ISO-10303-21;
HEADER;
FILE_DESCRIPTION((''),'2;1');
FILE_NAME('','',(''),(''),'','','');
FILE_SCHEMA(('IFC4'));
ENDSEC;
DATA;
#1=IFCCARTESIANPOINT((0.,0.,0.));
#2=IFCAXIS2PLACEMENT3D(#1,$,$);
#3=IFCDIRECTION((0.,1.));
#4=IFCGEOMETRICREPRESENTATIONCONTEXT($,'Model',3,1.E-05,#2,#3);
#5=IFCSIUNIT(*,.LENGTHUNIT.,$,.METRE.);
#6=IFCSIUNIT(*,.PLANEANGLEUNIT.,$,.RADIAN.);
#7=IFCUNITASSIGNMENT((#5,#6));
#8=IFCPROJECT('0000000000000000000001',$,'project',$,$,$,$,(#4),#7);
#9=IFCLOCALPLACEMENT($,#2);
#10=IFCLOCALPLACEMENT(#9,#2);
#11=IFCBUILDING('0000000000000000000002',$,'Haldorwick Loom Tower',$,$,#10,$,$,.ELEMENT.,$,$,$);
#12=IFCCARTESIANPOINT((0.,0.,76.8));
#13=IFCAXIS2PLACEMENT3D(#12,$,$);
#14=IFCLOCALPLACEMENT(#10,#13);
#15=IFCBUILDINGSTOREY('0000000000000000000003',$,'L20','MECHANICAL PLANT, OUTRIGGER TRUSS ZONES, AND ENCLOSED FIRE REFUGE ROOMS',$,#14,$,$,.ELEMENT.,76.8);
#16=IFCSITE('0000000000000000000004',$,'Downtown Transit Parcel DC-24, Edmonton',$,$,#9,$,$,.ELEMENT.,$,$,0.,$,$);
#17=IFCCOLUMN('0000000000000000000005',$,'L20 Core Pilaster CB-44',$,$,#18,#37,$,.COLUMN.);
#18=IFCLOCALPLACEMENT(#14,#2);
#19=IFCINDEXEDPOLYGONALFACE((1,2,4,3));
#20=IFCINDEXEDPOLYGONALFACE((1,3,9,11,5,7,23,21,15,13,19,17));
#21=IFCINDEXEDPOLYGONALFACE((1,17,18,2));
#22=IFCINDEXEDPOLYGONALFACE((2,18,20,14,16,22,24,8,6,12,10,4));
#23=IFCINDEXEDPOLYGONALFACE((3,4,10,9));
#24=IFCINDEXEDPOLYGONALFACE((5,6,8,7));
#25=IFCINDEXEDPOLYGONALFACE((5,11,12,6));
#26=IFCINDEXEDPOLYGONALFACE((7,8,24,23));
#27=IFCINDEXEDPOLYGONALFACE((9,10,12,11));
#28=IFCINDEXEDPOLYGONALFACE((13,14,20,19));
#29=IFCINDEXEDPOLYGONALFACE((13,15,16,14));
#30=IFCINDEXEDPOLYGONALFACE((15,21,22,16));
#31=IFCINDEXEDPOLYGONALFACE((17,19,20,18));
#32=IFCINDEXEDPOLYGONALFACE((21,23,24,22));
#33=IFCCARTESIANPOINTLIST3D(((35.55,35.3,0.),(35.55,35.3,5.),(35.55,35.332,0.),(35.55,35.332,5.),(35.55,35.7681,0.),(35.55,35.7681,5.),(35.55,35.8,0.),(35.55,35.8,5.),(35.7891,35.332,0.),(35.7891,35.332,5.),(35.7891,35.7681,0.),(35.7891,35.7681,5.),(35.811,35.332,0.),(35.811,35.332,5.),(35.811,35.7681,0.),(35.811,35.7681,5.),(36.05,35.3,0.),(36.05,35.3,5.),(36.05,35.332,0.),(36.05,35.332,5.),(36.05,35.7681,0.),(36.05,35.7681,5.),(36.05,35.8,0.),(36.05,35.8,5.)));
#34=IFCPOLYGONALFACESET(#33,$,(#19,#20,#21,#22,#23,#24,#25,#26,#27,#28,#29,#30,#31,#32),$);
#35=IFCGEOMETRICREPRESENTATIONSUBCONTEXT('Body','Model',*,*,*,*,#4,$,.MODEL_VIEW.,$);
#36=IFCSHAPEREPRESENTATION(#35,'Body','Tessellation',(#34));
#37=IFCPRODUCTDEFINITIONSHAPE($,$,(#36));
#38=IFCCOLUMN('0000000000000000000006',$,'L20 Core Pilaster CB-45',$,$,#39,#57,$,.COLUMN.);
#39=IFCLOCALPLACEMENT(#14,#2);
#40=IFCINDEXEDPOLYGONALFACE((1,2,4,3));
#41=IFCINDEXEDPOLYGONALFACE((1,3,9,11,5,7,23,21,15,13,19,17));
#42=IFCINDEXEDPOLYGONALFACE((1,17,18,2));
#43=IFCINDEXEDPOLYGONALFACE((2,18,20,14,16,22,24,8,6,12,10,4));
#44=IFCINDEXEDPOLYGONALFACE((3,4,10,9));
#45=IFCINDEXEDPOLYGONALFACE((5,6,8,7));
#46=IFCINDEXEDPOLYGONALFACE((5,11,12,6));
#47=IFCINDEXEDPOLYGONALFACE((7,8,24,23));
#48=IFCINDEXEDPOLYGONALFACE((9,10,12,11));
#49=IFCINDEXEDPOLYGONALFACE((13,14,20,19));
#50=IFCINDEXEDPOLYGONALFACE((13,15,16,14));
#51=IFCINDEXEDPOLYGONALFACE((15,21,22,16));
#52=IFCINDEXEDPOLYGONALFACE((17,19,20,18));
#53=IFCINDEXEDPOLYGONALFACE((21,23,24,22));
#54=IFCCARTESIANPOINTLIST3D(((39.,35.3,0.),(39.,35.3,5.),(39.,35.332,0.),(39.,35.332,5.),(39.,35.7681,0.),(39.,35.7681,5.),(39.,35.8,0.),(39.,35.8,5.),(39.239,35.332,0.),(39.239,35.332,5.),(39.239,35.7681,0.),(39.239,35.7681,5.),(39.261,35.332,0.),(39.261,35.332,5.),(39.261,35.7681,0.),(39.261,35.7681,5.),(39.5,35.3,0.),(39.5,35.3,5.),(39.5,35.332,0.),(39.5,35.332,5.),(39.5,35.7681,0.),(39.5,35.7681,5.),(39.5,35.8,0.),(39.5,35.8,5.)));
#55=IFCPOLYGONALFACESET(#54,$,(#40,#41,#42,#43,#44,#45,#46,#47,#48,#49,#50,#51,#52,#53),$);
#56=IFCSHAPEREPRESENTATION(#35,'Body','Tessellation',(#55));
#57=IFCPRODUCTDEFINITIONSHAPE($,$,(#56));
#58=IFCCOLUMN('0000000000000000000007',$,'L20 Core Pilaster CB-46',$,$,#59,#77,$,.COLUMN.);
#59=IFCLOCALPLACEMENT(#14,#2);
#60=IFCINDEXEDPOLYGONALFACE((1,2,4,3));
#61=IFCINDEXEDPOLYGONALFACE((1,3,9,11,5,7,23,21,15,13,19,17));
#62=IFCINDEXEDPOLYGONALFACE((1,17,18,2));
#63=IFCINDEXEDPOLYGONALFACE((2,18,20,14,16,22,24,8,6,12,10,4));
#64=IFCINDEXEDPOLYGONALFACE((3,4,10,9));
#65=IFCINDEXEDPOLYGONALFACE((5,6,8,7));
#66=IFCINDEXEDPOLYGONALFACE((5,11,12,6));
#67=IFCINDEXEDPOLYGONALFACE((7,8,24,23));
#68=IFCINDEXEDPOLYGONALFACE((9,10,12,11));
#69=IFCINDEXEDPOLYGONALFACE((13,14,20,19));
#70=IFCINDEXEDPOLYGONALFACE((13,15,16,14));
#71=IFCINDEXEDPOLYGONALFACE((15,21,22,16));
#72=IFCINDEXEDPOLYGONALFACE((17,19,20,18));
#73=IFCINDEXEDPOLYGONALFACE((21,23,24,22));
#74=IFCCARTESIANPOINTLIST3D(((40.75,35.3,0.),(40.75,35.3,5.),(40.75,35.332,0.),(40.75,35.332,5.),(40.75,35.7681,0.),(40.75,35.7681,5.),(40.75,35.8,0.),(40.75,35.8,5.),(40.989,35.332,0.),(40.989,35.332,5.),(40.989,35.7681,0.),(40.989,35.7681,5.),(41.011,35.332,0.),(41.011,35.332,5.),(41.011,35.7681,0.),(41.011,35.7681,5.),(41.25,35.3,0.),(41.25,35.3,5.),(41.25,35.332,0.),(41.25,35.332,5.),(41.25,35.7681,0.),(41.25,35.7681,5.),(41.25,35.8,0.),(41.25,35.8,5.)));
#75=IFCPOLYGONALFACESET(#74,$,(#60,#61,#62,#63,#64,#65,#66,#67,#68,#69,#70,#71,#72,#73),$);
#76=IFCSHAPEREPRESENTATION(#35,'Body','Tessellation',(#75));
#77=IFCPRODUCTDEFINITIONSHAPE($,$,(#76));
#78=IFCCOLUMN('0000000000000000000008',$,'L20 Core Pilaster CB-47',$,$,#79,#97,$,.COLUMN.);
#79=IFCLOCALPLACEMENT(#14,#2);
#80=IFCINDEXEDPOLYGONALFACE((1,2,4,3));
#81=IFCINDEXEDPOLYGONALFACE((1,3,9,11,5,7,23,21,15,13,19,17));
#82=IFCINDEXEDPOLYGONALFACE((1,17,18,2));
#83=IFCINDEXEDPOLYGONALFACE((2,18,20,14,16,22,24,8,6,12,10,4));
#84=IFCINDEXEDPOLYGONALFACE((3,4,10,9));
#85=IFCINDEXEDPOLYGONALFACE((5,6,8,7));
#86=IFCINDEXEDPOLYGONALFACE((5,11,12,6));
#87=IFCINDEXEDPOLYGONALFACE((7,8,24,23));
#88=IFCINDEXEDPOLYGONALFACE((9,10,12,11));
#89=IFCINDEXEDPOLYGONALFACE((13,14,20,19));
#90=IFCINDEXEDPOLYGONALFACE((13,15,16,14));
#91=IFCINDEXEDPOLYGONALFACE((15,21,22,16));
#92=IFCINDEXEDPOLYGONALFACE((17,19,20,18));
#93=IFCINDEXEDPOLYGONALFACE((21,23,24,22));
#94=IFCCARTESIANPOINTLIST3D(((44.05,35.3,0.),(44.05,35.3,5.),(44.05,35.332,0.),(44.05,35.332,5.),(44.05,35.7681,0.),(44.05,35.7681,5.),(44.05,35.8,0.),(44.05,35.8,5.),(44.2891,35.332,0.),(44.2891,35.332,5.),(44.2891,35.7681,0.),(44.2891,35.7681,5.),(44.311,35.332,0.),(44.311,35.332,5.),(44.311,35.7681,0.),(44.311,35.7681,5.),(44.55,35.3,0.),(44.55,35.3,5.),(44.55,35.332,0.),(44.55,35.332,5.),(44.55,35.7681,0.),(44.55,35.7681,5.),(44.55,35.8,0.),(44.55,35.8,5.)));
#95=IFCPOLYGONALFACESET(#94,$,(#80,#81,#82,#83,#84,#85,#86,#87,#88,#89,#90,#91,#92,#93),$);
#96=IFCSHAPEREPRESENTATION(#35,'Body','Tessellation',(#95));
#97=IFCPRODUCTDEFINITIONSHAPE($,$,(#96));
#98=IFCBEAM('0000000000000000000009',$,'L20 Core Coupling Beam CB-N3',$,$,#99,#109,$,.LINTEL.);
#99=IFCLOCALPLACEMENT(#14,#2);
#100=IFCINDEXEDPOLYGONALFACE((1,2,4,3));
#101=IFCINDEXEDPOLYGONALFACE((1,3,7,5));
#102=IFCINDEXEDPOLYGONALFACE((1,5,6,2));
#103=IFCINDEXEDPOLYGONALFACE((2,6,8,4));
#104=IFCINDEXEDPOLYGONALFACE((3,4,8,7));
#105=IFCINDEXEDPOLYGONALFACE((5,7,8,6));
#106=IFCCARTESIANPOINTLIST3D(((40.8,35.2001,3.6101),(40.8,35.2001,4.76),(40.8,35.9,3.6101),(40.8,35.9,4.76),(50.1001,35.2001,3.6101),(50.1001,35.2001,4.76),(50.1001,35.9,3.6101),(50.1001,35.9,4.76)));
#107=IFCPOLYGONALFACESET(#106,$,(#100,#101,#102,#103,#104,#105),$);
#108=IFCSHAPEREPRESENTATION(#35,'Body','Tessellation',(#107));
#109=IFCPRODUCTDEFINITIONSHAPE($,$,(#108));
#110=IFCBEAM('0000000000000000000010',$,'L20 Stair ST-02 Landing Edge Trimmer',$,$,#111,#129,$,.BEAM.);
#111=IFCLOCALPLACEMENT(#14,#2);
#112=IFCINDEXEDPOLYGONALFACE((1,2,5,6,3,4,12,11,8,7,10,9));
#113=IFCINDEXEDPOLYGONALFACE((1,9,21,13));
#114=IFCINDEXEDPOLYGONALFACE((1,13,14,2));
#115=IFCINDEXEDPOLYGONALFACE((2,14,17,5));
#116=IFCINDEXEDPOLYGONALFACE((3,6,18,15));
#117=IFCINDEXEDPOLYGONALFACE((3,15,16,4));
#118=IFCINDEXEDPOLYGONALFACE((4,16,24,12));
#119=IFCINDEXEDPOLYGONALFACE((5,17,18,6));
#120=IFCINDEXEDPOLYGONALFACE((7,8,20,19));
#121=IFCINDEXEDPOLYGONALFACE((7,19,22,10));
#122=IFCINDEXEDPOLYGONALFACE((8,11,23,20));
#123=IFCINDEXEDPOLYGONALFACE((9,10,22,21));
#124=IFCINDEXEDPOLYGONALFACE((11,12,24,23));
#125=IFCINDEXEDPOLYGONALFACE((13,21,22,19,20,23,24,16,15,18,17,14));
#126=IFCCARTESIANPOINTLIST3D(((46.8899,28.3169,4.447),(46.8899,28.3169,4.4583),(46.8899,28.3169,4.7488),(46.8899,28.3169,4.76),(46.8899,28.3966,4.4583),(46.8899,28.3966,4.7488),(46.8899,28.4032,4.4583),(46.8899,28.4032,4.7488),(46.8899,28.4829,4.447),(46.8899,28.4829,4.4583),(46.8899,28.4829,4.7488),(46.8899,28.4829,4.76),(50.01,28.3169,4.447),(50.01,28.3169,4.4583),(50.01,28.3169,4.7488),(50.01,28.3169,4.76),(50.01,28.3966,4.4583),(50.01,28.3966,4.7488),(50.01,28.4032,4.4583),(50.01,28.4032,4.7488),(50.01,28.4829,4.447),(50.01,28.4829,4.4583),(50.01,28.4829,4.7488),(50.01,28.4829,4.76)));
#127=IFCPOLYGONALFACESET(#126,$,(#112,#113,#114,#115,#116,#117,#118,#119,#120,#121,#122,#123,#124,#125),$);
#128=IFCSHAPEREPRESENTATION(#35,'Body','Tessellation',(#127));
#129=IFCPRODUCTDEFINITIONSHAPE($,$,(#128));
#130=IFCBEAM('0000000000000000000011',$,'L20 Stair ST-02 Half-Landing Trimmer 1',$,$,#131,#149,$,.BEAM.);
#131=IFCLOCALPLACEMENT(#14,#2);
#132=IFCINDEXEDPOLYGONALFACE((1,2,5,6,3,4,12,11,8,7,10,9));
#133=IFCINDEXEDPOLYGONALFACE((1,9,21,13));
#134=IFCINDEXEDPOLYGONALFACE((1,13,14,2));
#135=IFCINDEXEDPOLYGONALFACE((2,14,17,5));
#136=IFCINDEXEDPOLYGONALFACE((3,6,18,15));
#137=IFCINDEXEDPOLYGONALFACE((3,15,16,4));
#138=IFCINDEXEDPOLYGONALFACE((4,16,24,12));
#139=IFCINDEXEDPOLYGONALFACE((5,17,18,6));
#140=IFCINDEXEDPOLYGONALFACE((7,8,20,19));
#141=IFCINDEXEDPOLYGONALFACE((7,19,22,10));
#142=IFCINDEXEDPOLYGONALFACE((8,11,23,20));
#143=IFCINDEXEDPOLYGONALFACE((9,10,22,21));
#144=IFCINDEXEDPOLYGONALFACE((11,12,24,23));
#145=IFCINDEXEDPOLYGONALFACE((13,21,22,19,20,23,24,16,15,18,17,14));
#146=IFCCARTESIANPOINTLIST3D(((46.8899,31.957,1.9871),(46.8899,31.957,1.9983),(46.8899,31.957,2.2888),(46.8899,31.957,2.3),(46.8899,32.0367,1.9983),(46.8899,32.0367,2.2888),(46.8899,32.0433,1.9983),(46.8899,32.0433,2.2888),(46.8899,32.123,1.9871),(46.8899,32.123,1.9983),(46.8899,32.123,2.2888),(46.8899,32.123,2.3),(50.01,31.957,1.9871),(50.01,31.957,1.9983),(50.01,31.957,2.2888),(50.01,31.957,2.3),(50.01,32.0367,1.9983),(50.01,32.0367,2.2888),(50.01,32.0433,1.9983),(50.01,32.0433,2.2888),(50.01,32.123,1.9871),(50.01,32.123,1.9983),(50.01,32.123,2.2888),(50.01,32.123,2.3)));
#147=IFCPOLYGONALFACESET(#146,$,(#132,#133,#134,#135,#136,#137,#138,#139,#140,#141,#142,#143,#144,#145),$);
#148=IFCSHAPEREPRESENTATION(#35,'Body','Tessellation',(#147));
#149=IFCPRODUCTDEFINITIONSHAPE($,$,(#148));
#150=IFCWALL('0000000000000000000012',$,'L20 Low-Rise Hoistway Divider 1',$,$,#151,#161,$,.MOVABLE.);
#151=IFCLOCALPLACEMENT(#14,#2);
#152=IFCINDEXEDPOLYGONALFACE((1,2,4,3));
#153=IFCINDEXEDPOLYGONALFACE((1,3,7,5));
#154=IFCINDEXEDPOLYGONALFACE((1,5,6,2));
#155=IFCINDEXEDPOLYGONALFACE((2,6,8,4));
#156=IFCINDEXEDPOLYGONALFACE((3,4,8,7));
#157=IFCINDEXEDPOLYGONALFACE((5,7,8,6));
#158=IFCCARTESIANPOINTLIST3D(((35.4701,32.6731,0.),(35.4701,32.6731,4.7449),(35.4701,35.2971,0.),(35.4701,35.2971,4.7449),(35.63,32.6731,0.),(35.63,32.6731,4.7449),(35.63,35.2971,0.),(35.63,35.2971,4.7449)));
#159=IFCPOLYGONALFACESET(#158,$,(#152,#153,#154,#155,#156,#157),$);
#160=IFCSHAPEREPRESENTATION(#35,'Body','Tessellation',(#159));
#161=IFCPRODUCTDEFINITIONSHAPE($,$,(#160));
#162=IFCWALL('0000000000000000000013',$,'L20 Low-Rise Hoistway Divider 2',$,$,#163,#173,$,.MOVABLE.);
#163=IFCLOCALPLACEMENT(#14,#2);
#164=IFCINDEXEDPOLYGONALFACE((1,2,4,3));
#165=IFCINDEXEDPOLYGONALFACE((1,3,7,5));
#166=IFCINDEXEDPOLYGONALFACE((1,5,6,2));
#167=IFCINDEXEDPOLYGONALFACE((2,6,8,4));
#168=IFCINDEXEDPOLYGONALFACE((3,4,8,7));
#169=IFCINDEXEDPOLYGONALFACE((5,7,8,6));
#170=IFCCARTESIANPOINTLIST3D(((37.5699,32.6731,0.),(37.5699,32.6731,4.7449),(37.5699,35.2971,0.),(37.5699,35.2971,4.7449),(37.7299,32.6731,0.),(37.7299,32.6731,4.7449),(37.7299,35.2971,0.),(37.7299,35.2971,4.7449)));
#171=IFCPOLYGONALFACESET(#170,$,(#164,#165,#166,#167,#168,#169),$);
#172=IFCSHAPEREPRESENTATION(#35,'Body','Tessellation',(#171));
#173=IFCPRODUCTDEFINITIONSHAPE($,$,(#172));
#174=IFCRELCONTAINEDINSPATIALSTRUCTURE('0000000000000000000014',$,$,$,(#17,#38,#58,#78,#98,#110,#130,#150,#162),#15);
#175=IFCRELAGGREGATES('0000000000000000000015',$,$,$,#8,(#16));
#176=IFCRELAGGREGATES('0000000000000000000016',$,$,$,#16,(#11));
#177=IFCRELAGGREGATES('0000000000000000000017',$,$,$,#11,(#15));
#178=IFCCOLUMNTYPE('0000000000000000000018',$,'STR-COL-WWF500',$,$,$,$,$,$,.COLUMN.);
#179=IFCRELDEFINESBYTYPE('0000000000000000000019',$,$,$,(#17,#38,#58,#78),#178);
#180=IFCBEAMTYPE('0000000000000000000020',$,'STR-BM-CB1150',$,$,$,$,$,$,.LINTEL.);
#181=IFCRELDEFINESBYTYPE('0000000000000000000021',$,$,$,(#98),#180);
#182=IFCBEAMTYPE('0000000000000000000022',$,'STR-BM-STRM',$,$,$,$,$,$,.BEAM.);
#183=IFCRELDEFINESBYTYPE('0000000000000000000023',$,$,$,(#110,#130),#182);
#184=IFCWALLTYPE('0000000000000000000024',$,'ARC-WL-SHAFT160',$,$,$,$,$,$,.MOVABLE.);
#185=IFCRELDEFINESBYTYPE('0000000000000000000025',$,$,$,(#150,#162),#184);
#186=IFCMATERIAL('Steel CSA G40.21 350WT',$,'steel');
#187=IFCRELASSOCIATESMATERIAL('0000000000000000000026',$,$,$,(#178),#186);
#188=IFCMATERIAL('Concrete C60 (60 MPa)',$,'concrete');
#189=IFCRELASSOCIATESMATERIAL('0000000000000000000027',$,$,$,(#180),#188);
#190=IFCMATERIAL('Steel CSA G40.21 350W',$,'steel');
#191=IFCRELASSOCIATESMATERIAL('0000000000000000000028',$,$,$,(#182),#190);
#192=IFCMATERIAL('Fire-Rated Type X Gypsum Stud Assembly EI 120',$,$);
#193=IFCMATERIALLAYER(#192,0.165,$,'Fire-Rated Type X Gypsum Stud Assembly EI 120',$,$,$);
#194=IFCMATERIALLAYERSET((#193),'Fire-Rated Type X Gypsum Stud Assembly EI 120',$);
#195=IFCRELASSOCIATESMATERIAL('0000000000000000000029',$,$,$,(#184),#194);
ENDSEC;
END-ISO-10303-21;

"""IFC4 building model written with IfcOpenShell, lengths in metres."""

from ifc_helpers import new_model, si_unit, direction, frame, frame_2d, origin, origin_2d, place, context, subcontext, project, spatial, rectangle, i_section, extrude, material, layer, layer_set, material_profile, profile_set, type_object, element, save


model = new_model("IFC4")

# Units and contexts
model_context = context("Model", 3, precision=1e-05, world=origin(), true_north=direction((0.0, 1.0)))
body_context = subcontext(model_context, "Body", "Model", "MODEL_VIEW")
ifc_project = project(units=[si_unit("LENGTHUNIT", "METRE"), si_unit("PLANEANGLEUNIT", "RADIAN")], contexts=[model_context])

# Site, building, storey
site_placement = place(None, origin())
site = spatial("IfcSite", under=ifc_project, at=site_placement, Name="Downtown Transit Parcel DC-24, Edmonton", CompositionType="ELEMENT", RefElevation=0.0)
building_placement = place(site_placement, origin())
building = spatial("IfcBuilding", under=site, at=building_placement, Name="Haldorwick Loom Tower", CompositionType="ELEMENT")
storey_placement = place(building_placement, frame((0.0, 0.0, 76.8)))
storey = spatial("IfcBuildingStorey", under=building, at=storey_placement, Name="L20", Description="MECHANICAL PLANT, OUTRIGGER TRUSS ZONES, AND ENCLOSED FIRE REFUGE ROOMS", CompositionType="ELEMENT", Elevation=76.8)

# Columns
ifc_material_1 = material(Name="Steel CSA G40.21 350WT", Category="steel")
ifc_material_profile_1 = material_profile(ifc_material_1, i_section(OverallWidth=0.5, OverallDepth=0.5, WebThickness=0.022, FlangeThickness=0.032, at=origin_2d()), Name="WWF500X500", Category="steel")
ifc_profile_set_1 = profile_set([ifc_material_profile_1], Name="Steel CSA G40.21 350WT")
column_type = type_object("IfcColumnType", Name="STR-COL-WWF500", PredefinedType="COLUMN", material=ifc_profile_set_1)
for number, where, z_axis, x_axis, name in (
    (1, (35.8, 35.55, 0.0), (0.0, 0.0, 1.0), (1.0, 0.0, 0.0), "L20 Core Pilaster CB-44"),
    (2, (39.25, 35.55, 0.0), (0.0, 0.0, 1.0), (1.0, 0.0, 0.0), "L20 Core Pilaster CB-45"),
    (3, (41.0, 35.55, 0.0), (0.0, 0.0, 1.0), (1.0, 0.0, 0.0), "L20 Core Pilaster CB-46"),
    (4, (44.3, 35.55, 0.0), (0.0, 0.0, 1.0), (1.0, 0.0, 0.0), "L20 Core Pilaster CB-47"),
):
    element("IfcColumn", number, at=place(storey_placement, frame(where, z_axis=z_axis, x_axis=x_axis)), inside=storey, type_object=column_type, Name=name, PredefinedType="COLUMN", context=body_context, shape_type="SweptSolid", body=[
        extrude(i_section(OverallWidth=0.5, OverallDepth=0.5, WebThickness=0.022, FlangeThickness=0.032, at=origin_2d()), origin(), (0.0, 0.0, 1.0), 5.0),
    ])

# Beams
ifc_material_2 = material(Name="Concrete C60 (60 MPa)", Category="concrete")
ifc_material_profile_2 = material_profile(ifc_material_2, rectangle(XDim=0.7, YDim=1.1499, at=origin_2d()), Name="RC700X1150", Category="concrete")
ifc_profile_set_2 = profile_set([ifc_material_profile_2], Name="Concrete C60 (60 MPa)")
beam_type_1 = type_object("IfcBeamType", Name="STR-BM-CB1150", PredefinedType="LINTEL", material=ifc_profile_set_2)
beam_placement = place(storey_placement, frame((40.8, 35.55, 4.1851), z_axis=(1.0, 0.0, 0.0), x_axis=(0.0, 1.0, 0.0)))
element("IfcBeam", 5, at=beam_placement, inside=storey, type_object=beam_type_1, Name="L20 Core Coupling Beam CB-N3", PredefinedType="LINTEL", context=body_context, shape_type="SweptSolid", body=[
    extrude(rectangle(XDim=0.7, YDim=1.1499, at=origin_2d()), origin(), (0.0, 0.0, 1.0), 9.3),
])
ifc_material_3 = material(Name="Steel CSA G40.21 350W", Category="steel")
ifc_material_profile_3 = material_profile(ifc_material_3, i_section(OverallWidth=0.166, OverallDepth=0.313, WebThickness=0.0066, FlangeThickness=0.0112, at=origin_2d()), Name="W310X45", Category="steel")
ifc_profile_set_3 = profile_set([ifc_material_profile_3], Name="Steel CSA G40.21 350W")
beam_type_2 = type_object("IfcBeamType", Name="STR-BM-STRM", PredefinedType="BEAM", material=ifc_profile_set_3)
for number, where, z_axis, x_axis, name in (
    (6, (46.8899, 28.3999, 4.6035), (1.0, 0.0, 0.0), (0.0, 1.0, 0.0), "L20 Stair ST-02 Landing Edge Trimmer"),
    (7, (46.8899, 32.04, 2.1436), (1.0, 0.0, 0.0), (0.0, 1.0, 0.0), "L20 Stair ST-02 Half-Landing Trimmer 1"),
):
    element("IfcBeam", number, at=place(storey_placement, frame(where, z_axis=z_axis, x_axis=x_axis)), inside=storey, type_object=beam_type_2, Name=name, PredefinedType="BEAM", context=body_context, shape_type="SweptSolid", body=[
        extrude(i_section(OverallWidth=0.166, OverallDepth=0.313, WebThickness=0.0066, FlangeThickness=0.0112, at=origin_2d()), origin(), (0.0, 0.0, 1.0), 3.1201),
    ])

# Walls
ifc_material_4 = material(Name="Fire-Rated Type X Gypsum Stud Assembly EI 120")
ifc_layer_1 = layer(ifc_material_4, 0.165, Name="Fire-Rated Type X Gypsum Stud Assembly EI 120")
ifc_layer_set_1 = layer_set([ifc_layer_1], Name="Fire-Rated Type X Gypsum Stud Assembly EI 120")
wall_type_1 = type_object("IfcWallType", Name="ARC-WL-SHAFT160", PredefinedType="MOVABLE", material=ifc_layer_set_1)
for number, where, z_axis, x_axis, name in (
    (8, (35.55, 32.6731, 0.0), (0.0, 0.0, 1.0), (0.0, 1.0, 0.0), "L20 Low-Rise Hoistway Divider 1"),
    (9, (37.6499, 32.6731, 0.0), (0.0, 0.0, 1.0), (0.0, 1.0, 0.0), "L20 Low-Rise Hoistway Divider 2"),
):
    element("IfcWall", number, at=place(storey_placement, frame(where, z_axis=z_axis, x_axis=x_axis)), inside=storey, type_object=wall_type_1, Name=name, PredefinedType="MOVABLE", context=body_context, shape_type="SweptSolid", body=[
        extrude(rectangle(XDim=2.624, YDim=0.1599, at=frame_2d((1.312, 0.0))), origin(), (0.0, 0.0, 1.0), 4.7449),
    ])

save(model, "model.ifc")
